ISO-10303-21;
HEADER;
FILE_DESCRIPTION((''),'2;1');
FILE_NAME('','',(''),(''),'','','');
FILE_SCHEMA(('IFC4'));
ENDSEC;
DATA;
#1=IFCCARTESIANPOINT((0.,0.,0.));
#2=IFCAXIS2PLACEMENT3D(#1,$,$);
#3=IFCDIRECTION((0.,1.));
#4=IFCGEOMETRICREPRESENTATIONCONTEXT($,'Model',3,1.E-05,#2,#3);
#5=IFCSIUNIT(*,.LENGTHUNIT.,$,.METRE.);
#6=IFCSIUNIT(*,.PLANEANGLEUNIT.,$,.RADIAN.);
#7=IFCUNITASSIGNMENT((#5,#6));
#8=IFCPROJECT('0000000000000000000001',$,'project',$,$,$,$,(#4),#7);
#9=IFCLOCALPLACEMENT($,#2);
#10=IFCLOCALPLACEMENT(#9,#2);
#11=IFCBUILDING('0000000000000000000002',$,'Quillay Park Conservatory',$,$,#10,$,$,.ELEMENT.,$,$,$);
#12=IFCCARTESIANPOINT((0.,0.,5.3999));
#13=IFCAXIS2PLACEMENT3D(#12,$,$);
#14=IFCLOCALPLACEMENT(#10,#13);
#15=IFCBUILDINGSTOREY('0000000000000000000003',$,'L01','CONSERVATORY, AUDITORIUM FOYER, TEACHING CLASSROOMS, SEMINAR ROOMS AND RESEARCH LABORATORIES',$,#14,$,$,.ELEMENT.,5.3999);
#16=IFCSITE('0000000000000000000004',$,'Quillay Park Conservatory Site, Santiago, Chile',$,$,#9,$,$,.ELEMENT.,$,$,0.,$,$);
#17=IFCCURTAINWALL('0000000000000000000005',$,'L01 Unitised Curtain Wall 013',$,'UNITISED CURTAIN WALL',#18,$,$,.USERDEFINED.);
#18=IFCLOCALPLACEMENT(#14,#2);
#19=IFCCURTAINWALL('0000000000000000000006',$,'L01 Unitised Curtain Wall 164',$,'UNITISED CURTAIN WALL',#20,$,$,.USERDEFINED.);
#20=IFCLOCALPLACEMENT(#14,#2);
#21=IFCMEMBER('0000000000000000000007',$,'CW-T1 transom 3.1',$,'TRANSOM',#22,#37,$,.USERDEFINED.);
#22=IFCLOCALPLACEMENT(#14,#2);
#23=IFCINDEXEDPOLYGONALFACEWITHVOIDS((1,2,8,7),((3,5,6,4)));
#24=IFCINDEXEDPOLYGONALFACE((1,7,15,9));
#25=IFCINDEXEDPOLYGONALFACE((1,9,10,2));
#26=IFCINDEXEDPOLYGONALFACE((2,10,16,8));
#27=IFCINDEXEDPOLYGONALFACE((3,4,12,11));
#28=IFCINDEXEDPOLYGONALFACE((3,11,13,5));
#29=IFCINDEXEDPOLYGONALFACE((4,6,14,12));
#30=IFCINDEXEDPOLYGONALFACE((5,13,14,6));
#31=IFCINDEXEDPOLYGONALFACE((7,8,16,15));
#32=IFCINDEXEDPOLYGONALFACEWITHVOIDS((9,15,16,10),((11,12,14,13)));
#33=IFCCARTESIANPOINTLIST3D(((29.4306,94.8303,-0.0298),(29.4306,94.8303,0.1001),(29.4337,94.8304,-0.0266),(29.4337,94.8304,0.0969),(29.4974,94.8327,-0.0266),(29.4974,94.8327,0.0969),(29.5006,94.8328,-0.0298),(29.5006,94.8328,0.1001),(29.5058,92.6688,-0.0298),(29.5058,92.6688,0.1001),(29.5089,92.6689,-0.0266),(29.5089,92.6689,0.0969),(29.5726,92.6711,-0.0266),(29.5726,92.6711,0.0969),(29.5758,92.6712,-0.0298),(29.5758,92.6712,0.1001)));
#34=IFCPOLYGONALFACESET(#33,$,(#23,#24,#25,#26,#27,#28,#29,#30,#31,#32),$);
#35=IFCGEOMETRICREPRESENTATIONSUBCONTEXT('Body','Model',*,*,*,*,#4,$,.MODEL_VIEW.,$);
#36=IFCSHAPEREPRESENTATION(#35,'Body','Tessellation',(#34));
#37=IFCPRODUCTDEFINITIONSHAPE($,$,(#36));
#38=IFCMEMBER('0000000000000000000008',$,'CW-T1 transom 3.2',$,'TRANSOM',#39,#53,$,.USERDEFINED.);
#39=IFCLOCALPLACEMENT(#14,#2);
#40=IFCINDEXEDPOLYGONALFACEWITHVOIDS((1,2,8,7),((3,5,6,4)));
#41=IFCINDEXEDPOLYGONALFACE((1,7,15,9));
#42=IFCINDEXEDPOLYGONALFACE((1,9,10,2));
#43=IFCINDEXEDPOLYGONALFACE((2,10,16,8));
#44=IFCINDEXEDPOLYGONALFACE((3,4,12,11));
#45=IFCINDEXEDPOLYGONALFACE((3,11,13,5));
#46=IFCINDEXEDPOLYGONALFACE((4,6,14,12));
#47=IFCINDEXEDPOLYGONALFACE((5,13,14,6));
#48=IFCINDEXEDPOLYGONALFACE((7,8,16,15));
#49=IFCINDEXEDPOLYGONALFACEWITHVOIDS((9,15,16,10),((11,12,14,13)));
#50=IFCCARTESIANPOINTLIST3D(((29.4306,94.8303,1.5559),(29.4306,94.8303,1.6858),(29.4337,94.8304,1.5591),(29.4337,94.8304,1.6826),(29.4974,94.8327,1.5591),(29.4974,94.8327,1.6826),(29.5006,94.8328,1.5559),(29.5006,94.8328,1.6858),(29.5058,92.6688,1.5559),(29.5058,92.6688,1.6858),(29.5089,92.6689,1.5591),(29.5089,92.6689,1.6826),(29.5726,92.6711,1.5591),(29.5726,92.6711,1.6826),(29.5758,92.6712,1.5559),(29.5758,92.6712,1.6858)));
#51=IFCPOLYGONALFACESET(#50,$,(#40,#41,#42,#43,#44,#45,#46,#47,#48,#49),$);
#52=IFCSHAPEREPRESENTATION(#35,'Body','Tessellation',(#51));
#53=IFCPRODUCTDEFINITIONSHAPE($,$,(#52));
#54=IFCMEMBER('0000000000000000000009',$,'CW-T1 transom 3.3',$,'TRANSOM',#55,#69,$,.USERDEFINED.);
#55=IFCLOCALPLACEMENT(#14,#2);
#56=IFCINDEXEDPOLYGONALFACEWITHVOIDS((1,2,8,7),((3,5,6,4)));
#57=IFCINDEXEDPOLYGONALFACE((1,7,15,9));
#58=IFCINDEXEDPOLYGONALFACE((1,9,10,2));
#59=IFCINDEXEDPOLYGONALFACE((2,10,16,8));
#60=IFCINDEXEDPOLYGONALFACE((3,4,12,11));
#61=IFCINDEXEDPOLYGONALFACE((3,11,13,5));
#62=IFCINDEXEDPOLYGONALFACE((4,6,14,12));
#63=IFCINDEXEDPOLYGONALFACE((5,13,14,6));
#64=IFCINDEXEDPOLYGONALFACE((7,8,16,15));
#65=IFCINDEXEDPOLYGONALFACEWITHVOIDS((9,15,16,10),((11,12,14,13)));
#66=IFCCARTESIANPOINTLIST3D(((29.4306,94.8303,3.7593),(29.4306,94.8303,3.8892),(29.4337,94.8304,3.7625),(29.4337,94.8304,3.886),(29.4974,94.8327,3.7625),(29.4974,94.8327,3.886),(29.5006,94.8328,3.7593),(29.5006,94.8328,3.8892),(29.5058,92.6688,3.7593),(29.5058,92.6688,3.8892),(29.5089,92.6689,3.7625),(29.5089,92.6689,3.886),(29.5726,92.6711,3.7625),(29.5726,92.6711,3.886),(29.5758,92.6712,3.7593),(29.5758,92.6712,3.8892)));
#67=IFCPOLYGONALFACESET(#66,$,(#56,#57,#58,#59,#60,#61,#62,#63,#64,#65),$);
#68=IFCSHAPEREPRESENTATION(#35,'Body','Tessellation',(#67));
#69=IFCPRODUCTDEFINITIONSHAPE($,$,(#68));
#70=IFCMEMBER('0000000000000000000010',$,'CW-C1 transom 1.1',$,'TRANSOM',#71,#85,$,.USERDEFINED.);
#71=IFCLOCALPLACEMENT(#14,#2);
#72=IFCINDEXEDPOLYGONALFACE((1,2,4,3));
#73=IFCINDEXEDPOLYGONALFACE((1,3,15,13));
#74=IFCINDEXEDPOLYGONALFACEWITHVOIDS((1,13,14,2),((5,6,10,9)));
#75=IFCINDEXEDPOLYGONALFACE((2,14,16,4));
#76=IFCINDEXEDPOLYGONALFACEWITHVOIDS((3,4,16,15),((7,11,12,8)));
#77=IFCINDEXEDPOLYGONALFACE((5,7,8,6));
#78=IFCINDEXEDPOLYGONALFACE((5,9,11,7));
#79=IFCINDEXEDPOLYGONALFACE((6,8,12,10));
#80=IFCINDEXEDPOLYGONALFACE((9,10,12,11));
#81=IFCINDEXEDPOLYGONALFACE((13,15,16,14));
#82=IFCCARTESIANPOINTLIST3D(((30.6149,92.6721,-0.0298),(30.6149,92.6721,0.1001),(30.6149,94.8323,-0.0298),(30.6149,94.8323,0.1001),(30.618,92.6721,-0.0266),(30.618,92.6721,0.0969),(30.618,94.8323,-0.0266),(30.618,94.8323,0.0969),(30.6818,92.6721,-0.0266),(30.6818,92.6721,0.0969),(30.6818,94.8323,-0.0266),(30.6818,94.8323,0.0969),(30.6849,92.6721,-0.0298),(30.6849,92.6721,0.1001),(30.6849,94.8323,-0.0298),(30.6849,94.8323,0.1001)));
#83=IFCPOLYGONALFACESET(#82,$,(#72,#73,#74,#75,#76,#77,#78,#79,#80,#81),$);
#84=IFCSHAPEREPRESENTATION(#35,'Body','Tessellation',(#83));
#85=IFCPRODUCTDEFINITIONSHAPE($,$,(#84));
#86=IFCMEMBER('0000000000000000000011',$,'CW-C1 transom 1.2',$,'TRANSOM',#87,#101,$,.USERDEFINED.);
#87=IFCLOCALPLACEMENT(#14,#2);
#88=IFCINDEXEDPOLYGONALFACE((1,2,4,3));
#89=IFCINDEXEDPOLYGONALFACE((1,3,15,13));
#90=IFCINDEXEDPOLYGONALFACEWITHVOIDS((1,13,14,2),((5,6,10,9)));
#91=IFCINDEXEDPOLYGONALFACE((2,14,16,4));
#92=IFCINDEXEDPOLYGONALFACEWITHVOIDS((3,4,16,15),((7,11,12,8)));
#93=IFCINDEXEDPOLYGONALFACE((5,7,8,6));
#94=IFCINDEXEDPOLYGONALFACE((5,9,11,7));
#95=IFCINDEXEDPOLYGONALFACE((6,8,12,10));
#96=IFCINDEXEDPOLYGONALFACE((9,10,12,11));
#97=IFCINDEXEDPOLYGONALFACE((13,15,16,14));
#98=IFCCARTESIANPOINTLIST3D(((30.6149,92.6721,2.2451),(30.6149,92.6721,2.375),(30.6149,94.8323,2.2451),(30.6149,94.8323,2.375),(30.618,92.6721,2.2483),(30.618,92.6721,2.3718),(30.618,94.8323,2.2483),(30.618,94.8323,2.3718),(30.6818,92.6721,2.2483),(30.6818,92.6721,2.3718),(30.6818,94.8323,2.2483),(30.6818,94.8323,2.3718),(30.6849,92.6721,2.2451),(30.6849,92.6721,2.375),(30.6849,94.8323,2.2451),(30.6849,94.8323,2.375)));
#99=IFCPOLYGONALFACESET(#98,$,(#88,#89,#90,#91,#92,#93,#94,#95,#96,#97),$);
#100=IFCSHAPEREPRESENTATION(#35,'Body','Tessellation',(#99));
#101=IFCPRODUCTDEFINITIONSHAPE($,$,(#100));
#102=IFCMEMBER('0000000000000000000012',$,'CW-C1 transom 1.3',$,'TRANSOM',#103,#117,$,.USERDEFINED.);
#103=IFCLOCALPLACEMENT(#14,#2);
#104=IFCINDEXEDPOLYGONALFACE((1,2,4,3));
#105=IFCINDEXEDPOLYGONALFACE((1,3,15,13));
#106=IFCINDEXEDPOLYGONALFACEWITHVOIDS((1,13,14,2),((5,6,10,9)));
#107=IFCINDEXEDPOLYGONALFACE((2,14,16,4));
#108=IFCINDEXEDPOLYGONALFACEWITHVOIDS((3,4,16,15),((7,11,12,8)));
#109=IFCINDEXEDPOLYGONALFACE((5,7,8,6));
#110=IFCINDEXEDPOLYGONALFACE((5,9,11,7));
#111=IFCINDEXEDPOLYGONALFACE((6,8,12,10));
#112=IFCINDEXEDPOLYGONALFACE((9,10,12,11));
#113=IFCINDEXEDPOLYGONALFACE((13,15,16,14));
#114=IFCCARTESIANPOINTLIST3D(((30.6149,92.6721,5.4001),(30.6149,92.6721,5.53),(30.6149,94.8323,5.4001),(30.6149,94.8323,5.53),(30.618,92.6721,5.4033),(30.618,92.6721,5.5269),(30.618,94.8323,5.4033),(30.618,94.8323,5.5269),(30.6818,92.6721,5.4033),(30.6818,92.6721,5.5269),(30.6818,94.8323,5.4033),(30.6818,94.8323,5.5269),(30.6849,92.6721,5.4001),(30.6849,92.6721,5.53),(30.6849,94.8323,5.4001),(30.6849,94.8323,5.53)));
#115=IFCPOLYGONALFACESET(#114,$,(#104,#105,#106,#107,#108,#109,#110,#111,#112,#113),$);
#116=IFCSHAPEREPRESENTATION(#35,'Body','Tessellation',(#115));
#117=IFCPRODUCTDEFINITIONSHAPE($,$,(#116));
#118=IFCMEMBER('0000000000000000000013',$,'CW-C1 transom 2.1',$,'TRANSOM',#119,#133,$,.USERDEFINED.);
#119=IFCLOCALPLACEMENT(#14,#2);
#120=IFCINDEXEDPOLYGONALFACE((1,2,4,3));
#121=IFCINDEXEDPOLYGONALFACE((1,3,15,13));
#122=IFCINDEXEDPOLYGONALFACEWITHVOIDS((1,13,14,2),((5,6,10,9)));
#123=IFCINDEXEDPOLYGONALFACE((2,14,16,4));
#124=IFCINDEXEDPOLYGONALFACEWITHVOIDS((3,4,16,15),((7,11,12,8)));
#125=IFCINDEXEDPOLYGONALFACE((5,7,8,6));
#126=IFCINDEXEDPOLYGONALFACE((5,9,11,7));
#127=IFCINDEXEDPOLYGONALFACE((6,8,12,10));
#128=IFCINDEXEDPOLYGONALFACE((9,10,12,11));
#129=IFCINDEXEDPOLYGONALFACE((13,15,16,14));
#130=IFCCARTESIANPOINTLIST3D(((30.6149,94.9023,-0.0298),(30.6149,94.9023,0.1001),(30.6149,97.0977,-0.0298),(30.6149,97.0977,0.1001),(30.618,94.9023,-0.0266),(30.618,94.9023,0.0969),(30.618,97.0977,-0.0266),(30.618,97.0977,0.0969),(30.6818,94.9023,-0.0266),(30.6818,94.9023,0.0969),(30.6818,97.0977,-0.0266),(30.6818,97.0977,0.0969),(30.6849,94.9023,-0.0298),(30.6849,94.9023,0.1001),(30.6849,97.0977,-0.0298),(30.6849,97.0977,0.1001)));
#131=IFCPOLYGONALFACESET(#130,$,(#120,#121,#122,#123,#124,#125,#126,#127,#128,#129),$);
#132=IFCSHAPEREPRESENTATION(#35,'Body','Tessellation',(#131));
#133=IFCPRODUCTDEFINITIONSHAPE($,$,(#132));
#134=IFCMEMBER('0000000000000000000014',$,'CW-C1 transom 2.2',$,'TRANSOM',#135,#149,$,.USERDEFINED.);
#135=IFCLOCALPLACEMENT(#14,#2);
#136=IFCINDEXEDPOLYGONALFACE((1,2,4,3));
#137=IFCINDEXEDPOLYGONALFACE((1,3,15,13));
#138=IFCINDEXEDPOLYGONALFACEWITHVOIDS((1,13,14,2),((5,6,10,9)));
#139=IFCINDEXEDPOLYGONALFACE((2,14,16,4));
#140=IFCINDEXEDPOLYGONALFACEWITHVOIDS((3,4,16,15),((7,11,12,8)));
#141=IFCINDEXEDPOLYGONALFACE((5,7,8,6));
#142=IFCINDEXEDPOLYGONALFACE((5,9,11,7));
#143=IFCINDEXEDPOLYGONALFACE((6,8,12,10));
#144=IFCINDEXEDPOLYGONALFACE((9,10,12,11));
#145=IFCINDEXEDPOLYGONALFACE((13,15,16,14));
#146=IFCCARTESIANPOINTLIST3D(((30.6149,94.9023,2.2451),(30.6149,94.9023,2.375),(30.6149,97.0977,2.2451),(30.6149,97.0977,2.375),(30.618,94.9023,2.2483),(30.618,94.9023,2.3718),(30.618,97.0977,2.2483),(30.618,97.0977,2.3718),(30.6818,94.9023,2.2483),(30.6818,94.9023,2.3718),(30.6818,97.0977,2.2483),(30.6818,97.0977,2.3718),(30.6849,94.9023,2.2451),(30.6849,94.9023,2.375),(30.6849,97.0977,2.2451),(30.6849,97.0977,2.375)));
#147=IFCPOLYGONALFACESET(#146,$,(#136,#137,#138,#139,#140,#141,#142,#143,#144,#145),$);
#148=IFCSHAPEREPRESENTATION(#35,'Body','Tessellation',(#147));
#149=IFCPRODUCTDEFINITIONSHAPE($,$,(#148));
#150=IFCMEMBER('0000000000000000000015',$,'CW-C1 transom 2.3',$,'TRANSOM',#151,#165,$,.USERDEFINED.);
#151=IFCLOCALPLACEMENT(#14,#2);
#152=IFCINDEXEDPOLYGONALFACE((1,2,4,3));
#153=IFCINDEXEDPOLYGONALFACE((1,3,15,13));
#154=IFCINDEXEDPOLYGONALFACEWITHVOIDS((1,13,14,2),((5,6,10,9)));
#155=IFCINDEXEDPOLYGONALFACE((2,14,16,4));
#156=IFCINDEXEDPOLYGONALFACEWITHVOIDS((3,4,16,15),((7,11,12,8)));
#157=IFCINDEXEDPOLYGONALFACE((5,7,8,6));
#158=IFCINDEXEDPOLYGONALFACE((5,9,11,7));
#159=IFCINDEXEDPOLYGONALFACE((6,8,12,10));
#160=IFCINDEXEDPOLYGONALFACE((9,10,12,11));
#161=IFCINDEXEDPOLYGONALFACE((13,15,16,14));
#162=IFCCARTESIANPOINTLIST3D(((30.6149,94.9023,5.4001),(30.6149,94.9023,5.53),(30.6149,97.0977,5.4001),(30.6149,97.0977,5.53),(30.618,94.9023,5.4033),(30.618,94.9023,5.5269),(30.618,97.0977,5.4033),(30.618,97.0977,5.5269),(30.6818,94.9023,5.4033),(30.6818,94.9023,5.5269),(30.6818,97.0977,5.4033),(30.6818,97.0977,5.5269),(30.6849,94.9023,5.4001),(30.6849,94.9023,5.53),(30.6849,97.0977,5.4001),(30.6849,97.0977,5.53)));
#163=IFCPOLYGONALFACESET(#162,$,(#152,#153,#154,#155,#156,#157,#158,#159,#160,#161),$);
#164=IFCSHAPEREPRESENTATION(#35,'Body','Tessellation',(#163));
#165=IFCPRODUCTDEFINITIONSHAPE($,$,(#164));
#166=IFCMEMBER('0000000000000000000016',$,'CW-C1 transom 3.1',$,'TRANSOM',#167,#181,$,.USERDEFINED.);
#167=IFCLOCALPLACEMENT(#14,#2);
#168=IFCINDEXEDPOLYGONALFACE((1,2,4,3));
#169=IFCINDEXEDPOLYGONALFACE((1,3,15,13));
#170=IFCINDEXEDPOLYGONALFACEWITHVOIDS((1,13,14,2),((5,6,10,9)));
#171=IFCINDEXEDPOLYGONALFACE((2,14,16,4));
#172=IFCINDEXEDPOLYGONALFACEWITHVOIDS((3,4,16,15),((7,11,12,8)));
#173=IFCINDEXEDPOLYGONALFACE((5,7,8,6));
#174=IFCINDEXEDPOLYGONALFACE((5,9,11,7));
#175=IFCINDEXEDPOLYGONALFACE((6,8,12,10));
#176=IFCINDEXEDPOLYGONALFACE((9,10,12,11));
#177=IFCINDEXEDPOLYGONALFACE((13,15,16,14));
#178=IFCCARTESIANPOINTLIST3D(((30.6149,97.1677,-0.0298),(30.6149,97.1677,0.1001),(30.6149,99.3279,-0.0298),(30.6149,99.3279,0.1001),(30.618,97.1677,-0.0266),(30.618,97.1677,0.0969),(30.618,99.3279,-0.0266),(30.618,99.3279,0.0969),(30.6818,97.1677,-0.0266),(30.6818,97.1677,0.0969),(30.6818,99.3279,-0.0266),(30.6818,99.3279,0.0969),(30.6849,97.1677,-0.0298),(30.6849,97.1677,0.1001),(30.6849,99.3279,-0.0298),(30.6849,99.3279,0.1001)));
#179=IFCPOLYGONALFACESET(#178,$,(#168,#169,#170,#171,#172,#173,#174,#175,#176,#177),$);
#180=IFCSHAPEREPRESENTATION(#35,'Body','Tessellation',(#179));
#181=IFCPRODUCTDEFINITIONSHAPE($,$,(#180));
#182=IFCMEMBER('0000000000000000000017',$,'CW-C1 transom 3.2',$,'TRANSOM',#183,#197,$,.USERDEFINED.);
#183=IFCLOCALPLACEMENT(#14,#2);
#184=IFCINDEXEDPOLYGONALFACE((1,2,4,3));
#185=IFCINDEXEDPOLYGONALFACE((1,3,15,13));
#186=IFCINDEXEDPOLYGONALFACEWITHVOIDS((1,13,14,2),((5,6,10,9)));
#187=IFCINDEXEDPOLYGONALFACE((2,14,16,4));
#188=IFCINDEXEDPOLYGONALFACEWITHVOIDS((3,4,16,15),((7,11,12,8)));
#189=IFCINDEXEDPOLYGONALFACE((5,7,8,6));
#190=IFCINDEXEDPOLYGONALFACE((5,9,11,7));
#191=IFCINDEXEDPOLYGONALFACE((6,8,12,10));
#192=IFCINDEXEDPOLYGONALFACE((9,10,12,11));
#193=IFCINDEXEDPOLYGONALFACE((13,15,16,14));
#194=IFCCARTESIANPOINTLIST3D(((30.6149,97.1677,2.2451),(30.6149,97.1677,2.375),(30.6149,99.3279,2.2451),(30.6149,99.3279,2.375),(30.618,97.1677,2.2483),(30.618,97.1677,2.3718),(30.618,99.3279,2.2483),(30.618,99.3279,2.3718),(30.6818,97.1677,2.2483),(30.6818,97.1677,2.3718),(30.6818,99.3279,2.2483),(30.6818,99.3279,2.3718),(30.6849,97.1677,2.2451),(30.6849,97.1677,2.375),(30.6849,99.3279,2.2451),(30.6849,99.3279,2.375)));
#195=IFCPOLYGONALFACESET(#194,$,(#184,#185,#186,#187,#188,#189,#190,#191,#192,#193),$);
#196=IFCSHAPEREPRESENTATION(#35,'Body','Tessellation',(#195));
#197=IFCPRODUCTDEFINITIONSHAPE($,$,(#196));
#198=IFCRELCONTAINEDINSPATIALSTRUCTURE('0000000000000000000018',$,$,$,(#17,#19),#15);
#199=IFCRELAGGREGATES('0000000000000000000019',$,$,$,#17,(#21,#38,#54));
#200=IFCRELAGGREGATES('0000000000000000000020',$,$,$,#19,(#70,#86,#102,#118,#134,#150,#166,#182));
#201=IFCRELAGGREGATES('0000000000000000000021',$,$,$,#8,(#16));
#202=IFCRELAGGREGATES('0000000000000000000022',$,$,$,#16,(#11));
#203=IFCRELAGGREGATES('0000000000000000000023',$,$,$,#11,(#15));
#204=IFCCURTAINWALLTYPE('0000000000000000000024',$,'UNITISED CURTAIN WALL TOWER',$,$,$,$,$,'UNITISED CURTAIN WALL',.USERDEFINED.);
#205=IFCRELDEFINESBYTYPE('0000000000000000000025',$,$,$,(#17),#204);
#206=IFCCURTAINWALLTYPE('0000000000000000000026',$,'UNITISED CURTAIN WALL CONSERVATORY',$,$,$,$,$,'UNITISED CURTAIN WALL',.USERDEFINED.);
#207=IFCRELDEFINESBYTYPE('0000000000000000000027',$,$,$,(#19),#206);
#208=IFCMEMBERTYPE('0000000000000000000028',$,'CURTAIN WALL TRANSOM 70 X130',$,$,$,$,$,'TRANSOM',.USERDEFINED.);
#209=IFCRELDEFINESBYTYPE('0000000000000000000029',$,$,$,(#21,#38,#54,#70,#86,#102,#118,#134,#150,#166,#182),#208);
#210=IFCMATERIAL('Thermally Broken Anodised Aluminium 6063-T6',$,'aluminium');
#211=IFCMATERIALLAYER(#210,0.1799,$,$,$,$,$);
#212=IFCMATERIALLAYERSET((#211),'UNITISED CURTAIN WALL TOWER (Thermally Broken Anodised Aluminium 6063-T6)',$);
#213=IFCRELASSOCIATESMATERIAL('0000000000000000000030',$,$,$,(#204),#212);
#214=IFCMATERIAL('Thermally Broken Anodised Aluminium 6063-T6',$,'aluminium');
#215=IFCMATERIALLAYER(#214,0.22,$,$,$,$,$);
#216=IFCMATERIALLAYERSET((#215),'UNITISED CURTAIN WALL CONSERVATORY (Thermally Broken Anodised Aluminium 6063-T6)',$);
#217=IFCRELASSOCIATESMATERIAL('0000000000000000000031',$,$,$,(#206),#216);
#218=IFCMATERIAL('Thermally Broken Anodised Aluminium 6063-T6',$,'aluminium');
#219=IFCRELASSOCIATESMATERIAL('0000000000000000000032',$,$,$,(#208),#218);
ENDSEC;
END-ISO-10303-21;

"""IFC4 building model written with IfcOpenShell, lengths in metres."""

from ifc_helpers import new_model, si_unit, direction, frame, origin, origin_2d, place, context, subcontext, project, spatial, hollow_rectangle, extrude, material, layer, layer_set, material_profile, profile_set, type_object, element, aggregate, save


model = new_model("IFC4")

# Units and contexts
model_context = context("Model", 3, precision=1e-05, world=origin(), true_north=direction((0.0, 1.0)))
body_context = subcontext(model_context, "Body", "Model", "MODEL_VIEW")
ifc_project = project(units=[si_unit("LENGTHUNIT", "METRE"), si_unit("PLANEANGLEUNIT", "RADIAN")], contexts=[model_context])

# Site, building, storey
site_placement = place(None, origin())
site = spatial("IfcSite", under=ifc_project, at=site_placement, Name="Quillay Park Conservatory Site, Santiago, Chile", CompositionType="ELEMENT", RefElevation=0.0)
building_placement = place(site_placement, origin())
building = spatial("IfcBuilding", under=site, at=building_placement, Name="Quillay Park Conservatory", CompositionType="ELEMENT")
storey_placement = place(building_placement, frame((0.0, 0.0, 5.3999)))
storey = spatial("IfcBuildingStorey", under=building, at=storey_placement, Name="L01", Description="CONSERVATORY, AUDITORIUM FOYER, TEACHING CLASSROOMS, SEMINAR ROOMS AND RESEARCH LABORATORIES", CompositionType="ELEMENT", Elevation=5.3999)

# Curtain walls
ifc_material_1 = material(Name="Thermally Broken Anodised Aluminium 6063-T6", Category="aluminium")
ifc_layer_1 = layer(ifc_material_1, 0.1799)
ifc_layer_set_1 = layer_set([ifc_layer_1], Name="UNITISED CURTAIN WALL TOWER (Thermally Broken Anodised Aluminium 6063-T6)")
curtain_wall_type_1 = type_object("IfcCurtainWallType", Name="UNITISED CURTAIN WALL TOWER", ElementType="UNITISED CURTAIN WALL", PredefinedType="USERDEFINED", material=ifc_layer_set_1)
curtain_wall_1_placement = place(storey_placement, origin())
curtain_wall_1 = element("IfcCurtainWall", 1, at=curtain_wall_1_placement, inside=storey, type_object=curtain_wall_type_1, Name="L01 Unitised Curtain Wall 013", ObjectType="UNITISED CURTAIN WALL", PredefinedType="USERDEFINED")
ifc_material_2 = material(Name="Thermally Broken Anodised Aluminium 6063-T6", Category="aluminium")
ifc_layer_2 = layer(ifc_material_2, 0.22)
ifc_layer_set_2 = layer_set([ifc_layer_2], Name="UNITISED CURTAIN WALL CONSERVATORY (Thermally Broken Anodised Aluminium 6063-T6)")
curtain_wall_type_2 = type_object("IfcCurtainWallType", Name="UNITISED CURTAIN WALL CONSERVATORY", ElementType="UNITISED CURTAIN WALL", PredefinedType="USERDEFINED", material=ifc_layer_set_2)
curtain_wall_2_placement = place(storey_placement, origin())
curtain_wall_2 = element("IfcCurtainWall", 2, at=curtain_wall_2_placement, inside=storey, type_object=curtain_wall_type_2, Name="L01 Unitised Curtain Wall 164", ObjectType="UNITISED CURTAIN WALL", PredefinedType="USERDEFINED")

# Members
ifc_material_3 = material(Name="Thermally Broken Anodised Aluminium 6063-T6", Category="aluminium")
ifc_material_profile_1 = material_profile(ifc_material_3, hollow_rectangle(XDim=0.0701, YDim=0.1299, WallThickness=0.0032, at=origin_2d()), Name="AL70x130x3.2")
ifc_profile_set_1 = profile_set([ifc_material_profile_1], Name="Thermally Broken Anodised Aluminium 6063-T6")
member_type_1 = type_object("IfcMemberType", Name="CURTAIN WALL TRANSOM 70 X130", ElementType="TRANSOM", PredefinedType="USERDEFINED", material=ifc_profile_set_1)
member_1_placement = place(storey_placement, frame((29.4656, 94.8315, 0.0352), z_axis=(0.034766, -0.999395, 0.0), x_axis=(0.999395, 0.034766, 0.0)))
member_1 = element("IfcMember", 3, at=member_1_placement, type_object=member_type_1, Name="CW-T1 transom 3.1", ObjectType="TRANSOM", PredefinedType="USERDEFINED", context=body_context, shape_type="SweptSolid", body=[
    extrude(hollow_rectangle(XDim=0.0701, YDim=0.1299, WallThickness=0.0032, at=origin_2d()), origin(), (0.0, 0.0, 1.0), 2.1628),
])
member_2_placement = place(storey_placement, frame((29.4656, 94.8315, 1.6208), z_axis=(0.034766, -0.999395, 0.0), x_axis=(0.999395, 0.034766, 0.0)))
member_2 = element("IfcMember", 4, at=member_2_placement, type_object=member_type_1, Name="CW-T1 transom 3.2", ObjectType="TRANSOM", PredefinedType="USERDEFINED", context=body_context, shape_type="SweptSolid", body=[
    extrude(hollow_rectangle(XDim=0.0701, YDim=0.1299, WallThickness=0.0032, at=origin_2d()), origin(), (0.0, 0.0, 1.0), 2.1628),
])
member_3_placement = place(storey_placement, frame((29.4656, 94.8315, 3.8242), z_axis=(0.034766, -0.999395, 0.0), x_axis=(0.999395, 0.034766, 0.0)))
member_3 = element("IfcMember", 5, at=member_3_placement, type_object=member_type_1, Name="CW-T1 transom 3.3", ObjectType="TRANSOM", PredefinedType="USERDEFINED", context=body_context, shape_type="SweptSolid", body=[
    extrude(hollow_rectangle(XDim=0.0701, YDim=0.1299, WallThickness=0.0032, at=origin_2d()), origin(), (0.0, 0.0, 1.0), 2.1628),
])
member_4_placement = place(storey_placement, frame((30.6499, 92.6721, 0.0352), z_axis=(0.0, 1.0, 0.0), x_axis=(-1.0, 0.0, 0.0)))
member_4 = element("IfcMember", 6, at=member_4_placement, type_object=member_type_1, Name="CW-C1 transom 1.1", ObjectType="TRANSOM", PredefinedType="USERDEFINED", context=body_context, shape_type="SweptSolid", body=[
    extrude(hollow_rectangle(XDim=0.0701, YDim=0.1299, WallThickness=0.0032, at=origin_2d()), origin(), (0.0, 0.0, 1.0), 2.1602),
])
member_5_placement = place(storey_placement, frame((30.6499, 92.6721, 2.3101), z_axis=(0.0, 1.0, 0.0), x_axis=(-1.0, 0.0, 0.0)))
member_5 = element("IfcMember", 7, at=member_5_placement, type_object=member_type_1, Name="CW-C1 transom 1.2", ObjectType="TRANSOM", PredefinedType="USERDEFINED", context=body_context, shape_type="SweptSolid", body=[
    extrude(hollow_rectangle(XDim=0.0701, YDim=0.1299, WallThickness=0.0032, at=origin_2d()), origin(), (0.0, 0.0, 1.0), 2.1602),
])
member_6_placement = place(storey_placement, frame((30.6499, 92.6721, 5.4651), z_axis=(0.0, 1.0, 0.0), x_axis=(-1.0, 0.0, 0.0)))
member_6 = element("IfcMember", 8, at=member_6_placement, type_object=member_type_1, Name="CW-C1 transom 1.3", ObjectType="TRANSOM", PredefinedType="USERDEFINED", context=body_context, shape_type="SweptSolid", body=[
    extrude(hollow_rectangle(XDim=0.0701, YDim=0.1299, WallThickness=0.0032, at=origin_2d()), origin(), (0.0, 0.0, 1.0), 2.1602),
])
member_7_placement = place(storey_placement, frame((30.6499, 94.9023, 0.0352), z_axis=(0.0, 1.0, 0.0), x_axis=(-1.0, 0.0, 0.0)))
member_7 = element("IfcMember", 9, at=member_7_placement, type_object=member_type_1, Name="CW-C1 transom 2.1", ObjectType="TRANSOM", PredefinedType="USERDEFINED", context=body_context, shape_type="SweptSolid", body=[
    extrude(hollow_rectangle(XDim=0.0701, YDim=0.1299, WallThickness=0.0032, at=origin_2d()), origin(), (0.0, 0.0, 1.0), 2.1953),
])
member_8_placement = place(storey_placement, frame((30.6499, 94.9023, 2.3101), z_axis=(0.0, 1.0, 0.0), x_axis=(-1.0, 0.0, 0.0)))
member_8 = element("IfcMember", 10, at=member_8_placement, type_object=member_type_1, Name="CW-C1 transom 2.2", ObjectType="TRANSOM", PredefinedType="USERDEFINED", context=body_context, shape_type="SweptSolid", body=[
    extrude(hollow_rectangle(XDim=0.0701, YDim=0.1299, WallThickness=0.0032, at=origin_2d()), origin(), (0.0, 0.0, 1.0), 2.1953),
])
member_9_placement = place(storey_placement, frame((30.6499, 94.9023, 5.4651), z_axis=(0.0, 1.0, 0.0), x_axis=(-1.0, 0.0, 0.0)))
member_9 = element("IfcMember", 11, at=member_9_placement, type_object=member_type_1, Name="CW-C1 transom 2.3", ObjectType="TRANSOM", PredefinedType="USERDEFINED", context=body_context, shape_type="SweptSolid", body=[
    extrude(hollow_rectangle(XDim=0.0701, YDim=0.1299, WallThickness=0.0032, at=origin_2d()), origin(), (0.0, 0.0, 1.0), 2.1953),
])
member_10_placement = place(storey_placement, frame((30.6499, 97.1677, 0.0352), z_axis=(0.0, 1.0, 0.0), x_axis=(-1.0, 0.0, 0.0)))
member_10 = element("IfcMember", 12, at=member_10_placement, type_object=member_type_1, Name="CW-C1 transom 3.1", ObjectType="TRANSOM", PredefinedType="USERDEFINED", context=body_context, shape_type="SweptSolid", body=[
    extrude(hollow_rectangle(XDim=0.0701, YDim=0.1299, WallThickness=0.0032, at=origin_2d()), origin(), (0.0, 0.0, 1.0), 2.1602),
])
member_11_placement = place(storey_placement, frame((30.6499, 97.1677, 2.3101), z_axis=(0.0, 1.0, 0.0), x_axis=(-1.0, 0.0, 0.0)))
member_11 = element("IfcMember", 13, at=member_11_placement, type_object=member_type_1, Name="CW-C1 transom 3.2", ObjectType="TRANSOM", PredefinedType="USERDEFINED", context=body_context, shape_type="SweptSolid", body=[
    extrude(hollow_rectangle(XDim=0.0701, YDim=0.1299, WallThickness=0.0032, at=origin_2d()), origin(), (0.0, 0.0, 1.0), 2.1602),
])

aggregate(curtain_wall_1, [member_1, member_2, member_3])
aggregate(curtain_wall_2, [member_4, member_5, member_6, member_7, member_8, member_9, member_10, member_11])

save(model, "model.ifc")
